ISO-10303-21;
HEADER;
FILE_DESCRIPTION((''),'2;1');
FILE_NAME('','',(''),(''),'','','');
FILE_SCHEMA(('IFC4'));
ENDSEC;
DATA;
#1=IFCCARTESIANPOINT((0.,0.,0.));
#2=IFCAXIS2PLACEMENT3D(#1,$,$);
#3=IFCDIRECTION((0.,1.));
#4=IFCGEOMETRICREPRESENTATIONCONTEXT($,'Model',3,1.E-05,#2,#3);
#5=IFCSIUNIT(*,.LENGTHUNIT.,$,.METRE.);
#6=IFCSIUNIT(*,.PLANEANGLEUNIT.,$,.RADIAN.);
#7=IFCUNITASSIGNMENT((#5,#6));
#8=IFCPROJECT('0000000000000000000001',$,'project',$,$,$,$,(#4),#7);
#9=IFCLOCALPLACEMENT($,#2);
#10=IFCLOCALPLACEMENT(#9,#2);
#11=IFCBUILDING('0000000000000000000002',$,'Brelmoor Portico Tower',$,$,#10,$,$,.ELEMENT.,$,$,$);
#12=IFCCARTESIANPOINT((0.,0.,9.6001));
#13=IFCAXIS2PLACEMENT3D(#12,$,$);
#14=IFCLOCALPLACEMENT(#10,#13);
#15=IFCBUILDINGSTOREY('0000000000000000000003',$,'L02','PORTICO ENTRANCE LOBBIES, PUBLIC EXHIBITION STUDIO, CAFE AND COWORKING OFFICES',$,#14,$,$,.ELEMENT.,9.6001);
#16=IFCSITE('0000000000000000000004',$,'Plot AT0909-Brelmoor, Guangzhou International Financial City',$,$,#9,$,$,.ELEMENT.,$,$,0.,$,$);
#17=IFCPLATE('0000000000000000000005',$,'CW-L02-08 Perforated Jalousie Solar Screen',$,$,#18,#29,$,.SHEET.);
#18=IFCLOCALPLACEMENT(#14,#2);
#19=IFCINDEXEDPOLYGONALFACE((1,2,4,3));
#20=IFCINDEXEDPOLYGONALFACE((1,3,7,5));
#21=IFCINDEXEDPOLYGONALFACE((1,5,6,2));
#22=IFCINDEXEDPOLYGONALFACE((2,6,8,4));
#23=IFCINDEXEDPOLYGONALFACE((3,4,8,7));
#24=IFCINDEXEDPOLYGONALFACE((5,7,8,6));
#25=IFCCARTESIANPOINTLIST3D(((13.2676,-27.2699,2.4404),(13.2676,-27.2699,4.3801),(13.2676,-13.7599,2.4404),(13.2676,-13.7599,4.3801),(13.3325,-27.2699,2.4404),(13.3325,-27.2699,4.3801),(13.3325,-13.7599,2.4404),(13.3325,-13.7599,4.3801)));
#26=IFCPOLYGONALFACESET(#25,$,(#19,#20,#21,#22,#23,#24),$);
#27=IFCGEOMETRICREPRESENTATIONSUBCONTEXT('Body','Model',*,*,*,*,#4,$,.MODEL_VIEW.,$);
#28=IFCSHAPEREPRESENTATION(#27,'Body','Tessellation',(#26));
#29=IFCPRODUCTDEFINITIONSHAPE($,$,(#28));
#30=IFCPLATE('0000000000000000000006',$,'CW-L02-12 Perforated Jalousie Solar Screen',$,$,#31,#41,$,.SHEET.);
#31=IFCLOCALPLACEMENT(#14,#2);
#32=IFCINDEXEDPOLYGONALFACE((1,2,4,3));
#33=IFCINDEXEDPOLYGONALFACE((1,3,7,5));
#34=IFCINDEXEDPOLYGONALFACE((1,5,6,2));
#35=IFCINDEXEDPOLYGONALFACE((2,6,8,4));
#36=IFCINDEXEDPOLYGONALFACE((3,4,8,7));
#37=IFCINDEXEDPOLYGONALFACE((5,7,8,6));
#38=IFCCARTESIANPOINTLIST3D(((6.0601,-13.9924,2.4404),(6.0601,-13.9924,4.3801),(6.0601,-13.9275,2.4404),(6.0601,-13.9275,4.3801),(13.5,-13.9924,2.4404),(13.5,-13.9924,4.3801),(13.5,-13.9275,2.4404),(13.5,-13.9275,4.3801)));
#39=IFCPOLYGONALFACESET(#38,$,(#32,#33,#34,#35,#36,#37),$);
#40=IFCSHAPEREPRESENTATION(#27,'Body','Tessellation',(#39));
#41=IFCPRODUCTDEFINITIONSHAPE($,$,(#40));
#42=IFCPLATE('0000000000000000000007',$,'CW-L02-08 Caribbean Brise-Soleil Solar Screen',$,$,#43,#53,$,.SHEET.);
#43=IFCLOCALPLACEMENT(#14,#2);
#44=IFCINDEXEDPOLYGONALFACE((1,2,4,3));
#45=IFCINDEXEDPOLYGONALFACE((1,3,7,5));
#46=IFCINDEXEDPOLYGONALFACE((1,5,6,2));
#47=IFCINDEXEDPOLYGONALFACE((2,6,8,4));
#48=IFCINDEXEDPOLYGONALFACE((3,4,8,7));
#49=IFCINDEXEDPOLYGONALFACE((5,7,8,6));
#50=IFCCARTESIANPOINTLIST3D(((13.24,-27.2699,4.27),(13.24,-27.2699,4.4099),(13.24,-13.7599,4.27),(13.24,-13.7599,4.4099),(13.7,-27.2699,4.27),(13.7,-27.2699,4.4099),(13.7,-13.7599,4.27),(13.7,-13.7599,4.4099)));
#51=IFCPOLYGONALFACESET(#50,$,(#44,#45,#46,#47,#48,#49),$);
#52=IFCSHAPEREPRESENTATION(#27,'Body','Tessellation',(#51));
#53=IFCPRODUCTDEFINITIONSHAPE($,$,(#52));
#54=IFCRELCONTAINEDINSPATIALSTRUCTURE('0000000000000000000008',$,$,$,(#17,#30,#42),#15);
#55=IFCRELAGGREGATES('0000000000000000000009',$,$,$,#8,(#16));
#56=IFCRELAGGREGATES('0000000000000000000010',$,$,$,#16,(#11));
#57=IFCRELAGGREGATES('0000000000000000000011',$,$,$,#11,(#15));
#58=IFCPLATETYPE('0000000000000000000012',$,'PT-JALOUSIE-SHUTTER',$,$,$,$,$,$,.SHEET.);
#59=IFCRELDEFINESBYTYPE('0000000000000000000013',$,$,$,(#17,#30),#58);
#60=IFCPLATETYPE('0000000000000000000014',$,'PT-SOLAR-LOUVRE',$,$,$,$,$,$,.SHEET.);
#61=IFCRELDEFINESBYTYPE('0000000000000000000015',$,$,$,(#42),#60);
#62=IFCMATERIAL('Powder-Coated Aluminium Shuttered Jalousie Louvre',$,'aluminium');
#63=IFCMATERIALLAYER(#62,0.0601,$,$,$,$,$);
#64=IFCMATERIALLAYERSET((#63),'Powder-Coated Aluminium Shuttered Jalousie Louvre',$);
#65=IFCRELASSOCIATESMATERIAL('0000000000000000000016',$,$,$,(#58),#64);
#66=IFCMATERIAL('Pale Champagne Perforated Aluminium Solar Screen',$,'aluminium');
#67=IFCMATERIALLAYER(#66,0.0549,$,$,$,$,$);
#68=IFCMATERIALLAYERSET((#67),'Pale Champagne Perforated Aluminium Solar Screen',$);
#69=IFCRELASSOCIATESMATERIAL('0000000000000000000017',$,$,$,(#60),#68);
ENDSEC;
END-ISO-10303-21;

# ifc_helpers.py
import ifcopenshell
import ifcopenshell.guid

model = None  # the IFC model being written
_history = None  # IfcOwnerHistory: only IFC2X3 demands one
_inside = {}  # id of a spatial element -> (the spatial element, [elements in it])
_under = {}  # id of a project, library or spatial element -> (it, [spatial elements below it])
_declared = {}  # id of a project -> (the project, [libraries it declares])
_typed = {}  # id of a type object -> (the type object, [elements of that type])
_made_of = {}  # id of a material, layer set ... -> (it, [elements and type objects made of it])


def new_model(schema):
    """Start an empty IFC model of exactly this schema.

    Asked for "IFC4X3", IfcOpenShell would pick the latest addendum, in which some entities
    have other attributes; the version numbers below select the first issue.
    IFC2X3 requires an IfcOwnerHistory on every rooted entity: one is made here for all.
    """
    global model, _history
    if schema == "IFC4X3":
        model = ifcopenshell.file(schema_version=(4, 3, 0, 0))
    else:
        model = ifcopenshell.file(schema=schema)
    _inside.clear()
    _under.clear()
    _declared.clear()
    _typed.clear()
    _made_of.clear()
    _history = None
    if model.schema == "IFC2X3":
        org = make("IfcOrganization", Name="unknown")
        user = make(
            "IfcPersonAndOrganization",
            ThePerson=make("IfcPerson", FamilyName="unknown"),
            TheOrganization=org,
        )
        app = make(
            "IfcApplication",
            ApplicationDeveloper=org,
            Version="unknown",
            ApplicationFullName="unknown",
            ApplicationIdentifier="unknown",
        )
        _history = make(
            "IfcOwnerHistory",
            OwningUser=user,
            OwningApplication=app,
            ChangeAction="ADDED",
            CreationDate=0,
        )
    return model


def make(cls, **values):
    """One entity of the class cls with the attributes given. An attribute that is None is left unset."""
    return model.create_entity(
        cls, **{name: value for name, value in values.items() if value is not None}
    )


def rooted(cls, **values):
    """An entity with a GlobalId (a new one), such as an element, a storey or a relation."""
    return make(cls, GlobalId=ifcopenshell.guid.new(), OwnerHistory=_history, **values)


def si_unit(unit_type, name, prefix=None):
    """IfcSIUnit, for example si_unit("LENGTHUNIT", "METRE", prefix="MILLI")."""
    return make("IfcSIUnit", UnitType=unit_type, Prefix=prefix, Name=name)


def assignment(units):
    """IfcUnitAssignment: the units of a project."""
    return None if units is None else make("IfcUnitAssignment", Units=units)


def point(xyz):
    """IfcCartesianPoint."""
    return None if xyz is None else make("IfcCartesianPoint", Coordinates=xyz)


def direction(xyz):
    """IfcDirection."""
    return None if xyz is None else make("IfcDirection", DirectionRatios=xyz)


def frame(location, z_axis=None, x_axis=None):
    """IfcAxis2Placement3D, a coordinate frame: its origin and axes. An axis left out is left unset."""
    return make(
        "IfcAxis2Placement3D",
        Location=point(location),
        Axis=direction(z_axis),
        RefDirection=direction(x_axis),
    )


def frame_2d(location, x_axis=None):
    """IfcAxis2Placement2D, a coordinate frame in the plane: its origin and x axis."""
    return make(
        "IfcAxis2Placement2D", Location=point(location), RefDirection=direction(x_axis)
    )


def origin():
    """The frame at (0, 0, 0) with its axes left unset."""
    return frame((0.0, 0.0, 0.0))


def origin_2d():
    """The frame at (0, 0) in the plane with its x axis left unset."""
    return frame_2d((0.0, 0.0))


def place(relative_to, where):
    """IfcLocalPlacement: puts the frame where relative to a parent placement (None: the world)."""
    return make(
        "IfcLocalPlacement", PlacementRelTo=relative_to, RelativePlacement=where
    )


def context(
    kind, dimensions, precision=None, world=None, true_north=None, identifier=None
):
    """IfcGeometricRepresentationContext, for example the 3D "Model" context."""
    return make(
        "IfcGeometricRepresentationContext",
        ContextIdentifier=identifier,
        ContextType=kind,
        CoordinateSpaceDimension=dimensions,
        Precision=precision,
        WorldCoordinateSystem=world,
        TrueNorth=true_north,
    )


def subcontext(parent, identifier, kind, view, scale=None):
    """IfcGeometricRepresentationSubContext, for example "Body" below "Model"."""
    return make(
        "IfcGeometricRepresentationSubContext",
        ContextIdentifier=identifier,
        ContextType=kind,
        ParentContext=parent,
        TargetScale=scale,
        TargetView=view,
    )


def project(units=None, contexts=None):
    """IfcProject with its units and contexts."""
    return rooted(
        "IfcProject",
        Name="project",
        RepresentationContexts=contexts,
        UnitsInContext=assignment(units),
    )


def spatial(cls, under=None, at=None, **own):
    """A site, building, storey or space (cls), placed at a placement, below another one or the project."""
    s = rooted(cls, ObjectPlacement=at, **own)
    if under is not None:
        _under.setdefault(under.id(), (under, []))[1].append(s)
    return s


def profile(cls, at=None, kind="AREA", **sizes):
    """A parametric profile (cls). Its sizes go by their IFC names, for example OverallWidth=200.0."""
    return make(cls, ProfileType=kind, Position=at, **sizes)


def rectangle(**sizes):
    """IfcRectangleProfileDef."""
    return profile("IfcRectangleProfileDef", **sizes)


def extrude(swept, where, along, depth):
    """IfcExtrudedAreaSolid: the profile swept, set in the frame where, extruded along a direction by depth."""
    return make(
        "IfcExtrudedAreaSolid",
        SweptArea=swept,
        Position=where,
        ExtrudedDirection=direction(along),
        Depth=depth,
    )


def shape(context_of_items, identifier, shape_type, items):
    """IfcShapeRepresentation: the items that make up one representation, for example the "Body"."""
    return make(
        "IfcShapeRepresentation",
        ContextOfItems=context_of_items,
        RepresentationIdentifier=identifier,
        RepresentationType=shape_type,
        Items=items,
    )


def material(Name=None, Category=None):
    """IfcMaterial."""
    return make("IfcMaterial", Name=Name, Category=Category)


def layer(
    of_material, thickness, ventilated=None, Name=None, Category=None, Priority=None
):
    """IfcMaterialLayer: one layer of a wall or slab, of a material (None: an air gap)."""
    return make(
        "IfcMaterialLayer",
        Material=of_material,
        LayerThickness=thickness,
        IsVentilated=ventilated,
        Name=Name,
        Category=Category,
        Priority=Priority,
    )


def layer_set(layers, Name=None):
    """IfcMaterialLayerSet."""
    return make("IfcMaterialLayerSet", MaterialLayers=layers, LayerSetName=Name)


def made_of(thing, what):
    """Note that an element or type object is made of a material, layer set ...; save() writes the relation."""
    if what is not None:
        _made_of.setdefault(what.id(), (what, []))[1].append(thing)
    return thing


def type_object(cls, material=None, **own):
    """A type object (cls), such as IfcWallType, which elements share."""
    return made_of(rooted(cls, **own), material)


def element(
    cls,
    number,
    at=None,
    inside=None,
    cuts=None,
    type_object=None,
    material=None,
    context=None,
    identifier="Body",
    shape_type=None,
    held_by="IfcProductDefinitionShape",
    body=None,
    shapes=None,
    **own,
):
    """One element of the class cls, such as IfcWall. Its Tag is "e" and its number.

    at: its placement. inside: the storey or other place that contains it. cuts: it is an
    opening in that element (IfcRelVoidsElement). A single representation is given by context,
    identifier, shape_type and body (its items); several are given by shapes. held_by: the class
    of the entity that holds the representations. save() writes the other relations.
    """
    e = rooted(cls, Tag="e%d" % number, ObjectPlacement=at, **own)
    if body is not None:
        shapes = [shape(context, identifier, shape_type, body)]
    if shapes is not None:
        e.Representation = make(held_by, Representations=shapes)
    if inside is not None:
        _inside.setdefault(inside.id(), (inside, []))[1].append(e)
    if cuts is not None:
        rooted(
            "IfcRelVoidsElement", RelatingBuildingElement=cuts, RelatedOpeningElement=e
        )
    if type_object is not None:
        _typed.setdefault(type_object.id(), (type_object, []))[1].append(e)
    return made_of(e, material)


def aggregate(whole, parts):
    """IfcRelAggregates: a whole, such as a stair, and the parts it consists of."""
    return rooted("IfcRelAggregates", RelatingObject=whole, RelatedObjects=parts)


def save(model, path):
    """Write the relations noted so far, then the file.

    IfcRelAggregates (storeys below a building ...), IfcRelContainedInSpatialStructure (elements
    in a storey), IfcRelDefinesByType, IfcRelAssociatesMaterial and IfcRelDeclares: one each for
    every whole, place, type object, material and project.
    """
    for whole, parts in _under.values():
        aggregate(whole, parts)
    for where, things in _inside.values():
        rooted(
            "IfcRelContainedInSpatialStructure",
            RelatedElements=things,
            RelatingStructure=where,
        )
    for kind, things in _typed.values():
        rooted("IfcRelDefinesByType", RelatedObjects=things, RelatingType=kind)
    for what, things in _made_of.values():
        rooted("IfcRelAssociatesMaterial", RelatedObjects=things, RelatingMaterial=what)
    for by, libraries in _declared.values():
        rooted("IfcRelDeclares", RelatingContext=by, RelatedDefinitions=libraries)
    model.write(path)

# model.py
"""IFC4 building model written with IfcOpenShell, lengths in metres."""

from ifc_helpers import new_model, si_unit, direction, frame, origin, origin_2d, place, context, subcontext, project, spatial, rectangle, extrude, material, layer, layer_set, type_object, element, save


model = new_model("IFC4")

# Units and contexts
model_context = context("Model", 3, precision=1e-05, world=origin(), true_north=direction((0.0, 1.0)))
body_context = subcontext(model_context, "Body", "Model", "MODEL_VIEW")
ifc_project = project(units=[si_unit("LENGTHUNIT", "METRE"), si_unit("PLANEANGLEUNIT", "RADIAN")], contexts=[model_context])

# Site, building, storey
site_placement = place(None, origin())
site = spatial("IfcSite", under=ifc_project, at=site_placement, Name="Plot AT0909-Brelmoor, Guangzhou International Financial City", CompositionType="ELEMENT", RefElevation=0.0)
building_placement = place(site_placement, origin())
building = spatial("IfcBuilding", under=site, at=building_placement, Name="Brelmoor Portico Tower", CompositionType="ELEMENT")
storey_placement = place(building_placement, frame((0.0, 0.0, 9.6001)))
storey = spatial("IfcBuildingStorey", under=building, at=storey_placement, Name="L02", Description="PORTICO ENTRANCE LOBBIES, PUBLIC EXHIBITION STUDIO, CAFE AND COWORKING OFFICES", CompositionType="ELEMENT", Elevation=9.6001)

# Plates
ifc_material_1 = material(Name="Powder-Coated Aluminium Shuttered Jalousie Louvre", Category="aluminium")
ifc_layer_1 = layer(ifc_material_1, 0.0601)
ifc_layer_set_1 = layer_set([ifc_layer_1], Name="Powder-Coated Aluminium Shuttered Jalousie Louvre")
plate_type_1 = type_object("IfcPlateType", Name="PT-JALOUSIE-SHUTTER", PredefinedType="SHEET", material=ifc_layer_set_1)
plate_1_placement = place(storey_placement, frame((13.3, -20.5149, 2.4404), z_axis=(0.0, 0.0, 1.0), x_axis=(0.0, 1.0, 0.0)))
element("IfcPlate", 1, at=plate_1_placement, inside=storey, type_object=plate_type_1, Name="CW-L02-08 Perforated Jalousie Solar Screen", PredefinedType="SHEET", context=body_context, shape_type="SweptSolid", body=[
    extrude(rectangle(XDim=13.51, YDim=0.0649, at=origin_2d()), origin(), (0.0, 0.0, 1.0), 1.9397),
])
plate_2_placement = place(storey_placement, frame((9.78, -13.96, 2.4404), z_axis=(0.0, 0.0, 1.0), x_axis=(1.0, 0.0, 0.0)))
element("IfcPlate", 2, at=plate_2_placement, inside=storey, type_object=plate_type_1, Name="CW-L02-12 Perforated Jalousie Solar Screen", PredefinedType="SHEET", context=body_context, shape_type="SweptSolid", body=[
    extrude(rectangle(XDim=7.4399, YDim=0.0649, at=origin_2d()), origin(), (0.0, 0.0, 1.0), 1.9397),
])
ifc_material_2 = material(Name="Pale Champagne Perforated Aluminium Solar Screen", Category="aluminium")
ifc_layer_2 = layer(ifc_material_2, 0.0549)
ifc_layer_set_2 = layer_set([ifc_layer_2], Name="Pale Champagne Perforated Aluminium Solar Screen")
plate_type_2 = type_object("IfcPlateType", Name="PT-SOLAR-LOUVRE", PredefinedType="SHEET", material=ifc_layer_set_2)
plate_3_placement = place(storey_placement, frame((13.47, -20.5149, 4.27), z_axis=(0.0, 0.0, 1.0), x_axis=(0.0, 1.0, 0.0)))
element("IfcPlate", 3, at=plate_3_placement, inside=storey, type_object=plate_type_2, Name="CW-L02-08 Caribbean Brise-Soleil Solar Screen", PredefinedType="SHEET", context=body_context, shape_type="SweptSolid", body=[
    extrude(rectangle(XDim=13.51, YDim=0.46, at=origin_2d()), origin(), (0.0, 0.0, 1.0), 0.1399),
])

save(model, "model.ifc")
